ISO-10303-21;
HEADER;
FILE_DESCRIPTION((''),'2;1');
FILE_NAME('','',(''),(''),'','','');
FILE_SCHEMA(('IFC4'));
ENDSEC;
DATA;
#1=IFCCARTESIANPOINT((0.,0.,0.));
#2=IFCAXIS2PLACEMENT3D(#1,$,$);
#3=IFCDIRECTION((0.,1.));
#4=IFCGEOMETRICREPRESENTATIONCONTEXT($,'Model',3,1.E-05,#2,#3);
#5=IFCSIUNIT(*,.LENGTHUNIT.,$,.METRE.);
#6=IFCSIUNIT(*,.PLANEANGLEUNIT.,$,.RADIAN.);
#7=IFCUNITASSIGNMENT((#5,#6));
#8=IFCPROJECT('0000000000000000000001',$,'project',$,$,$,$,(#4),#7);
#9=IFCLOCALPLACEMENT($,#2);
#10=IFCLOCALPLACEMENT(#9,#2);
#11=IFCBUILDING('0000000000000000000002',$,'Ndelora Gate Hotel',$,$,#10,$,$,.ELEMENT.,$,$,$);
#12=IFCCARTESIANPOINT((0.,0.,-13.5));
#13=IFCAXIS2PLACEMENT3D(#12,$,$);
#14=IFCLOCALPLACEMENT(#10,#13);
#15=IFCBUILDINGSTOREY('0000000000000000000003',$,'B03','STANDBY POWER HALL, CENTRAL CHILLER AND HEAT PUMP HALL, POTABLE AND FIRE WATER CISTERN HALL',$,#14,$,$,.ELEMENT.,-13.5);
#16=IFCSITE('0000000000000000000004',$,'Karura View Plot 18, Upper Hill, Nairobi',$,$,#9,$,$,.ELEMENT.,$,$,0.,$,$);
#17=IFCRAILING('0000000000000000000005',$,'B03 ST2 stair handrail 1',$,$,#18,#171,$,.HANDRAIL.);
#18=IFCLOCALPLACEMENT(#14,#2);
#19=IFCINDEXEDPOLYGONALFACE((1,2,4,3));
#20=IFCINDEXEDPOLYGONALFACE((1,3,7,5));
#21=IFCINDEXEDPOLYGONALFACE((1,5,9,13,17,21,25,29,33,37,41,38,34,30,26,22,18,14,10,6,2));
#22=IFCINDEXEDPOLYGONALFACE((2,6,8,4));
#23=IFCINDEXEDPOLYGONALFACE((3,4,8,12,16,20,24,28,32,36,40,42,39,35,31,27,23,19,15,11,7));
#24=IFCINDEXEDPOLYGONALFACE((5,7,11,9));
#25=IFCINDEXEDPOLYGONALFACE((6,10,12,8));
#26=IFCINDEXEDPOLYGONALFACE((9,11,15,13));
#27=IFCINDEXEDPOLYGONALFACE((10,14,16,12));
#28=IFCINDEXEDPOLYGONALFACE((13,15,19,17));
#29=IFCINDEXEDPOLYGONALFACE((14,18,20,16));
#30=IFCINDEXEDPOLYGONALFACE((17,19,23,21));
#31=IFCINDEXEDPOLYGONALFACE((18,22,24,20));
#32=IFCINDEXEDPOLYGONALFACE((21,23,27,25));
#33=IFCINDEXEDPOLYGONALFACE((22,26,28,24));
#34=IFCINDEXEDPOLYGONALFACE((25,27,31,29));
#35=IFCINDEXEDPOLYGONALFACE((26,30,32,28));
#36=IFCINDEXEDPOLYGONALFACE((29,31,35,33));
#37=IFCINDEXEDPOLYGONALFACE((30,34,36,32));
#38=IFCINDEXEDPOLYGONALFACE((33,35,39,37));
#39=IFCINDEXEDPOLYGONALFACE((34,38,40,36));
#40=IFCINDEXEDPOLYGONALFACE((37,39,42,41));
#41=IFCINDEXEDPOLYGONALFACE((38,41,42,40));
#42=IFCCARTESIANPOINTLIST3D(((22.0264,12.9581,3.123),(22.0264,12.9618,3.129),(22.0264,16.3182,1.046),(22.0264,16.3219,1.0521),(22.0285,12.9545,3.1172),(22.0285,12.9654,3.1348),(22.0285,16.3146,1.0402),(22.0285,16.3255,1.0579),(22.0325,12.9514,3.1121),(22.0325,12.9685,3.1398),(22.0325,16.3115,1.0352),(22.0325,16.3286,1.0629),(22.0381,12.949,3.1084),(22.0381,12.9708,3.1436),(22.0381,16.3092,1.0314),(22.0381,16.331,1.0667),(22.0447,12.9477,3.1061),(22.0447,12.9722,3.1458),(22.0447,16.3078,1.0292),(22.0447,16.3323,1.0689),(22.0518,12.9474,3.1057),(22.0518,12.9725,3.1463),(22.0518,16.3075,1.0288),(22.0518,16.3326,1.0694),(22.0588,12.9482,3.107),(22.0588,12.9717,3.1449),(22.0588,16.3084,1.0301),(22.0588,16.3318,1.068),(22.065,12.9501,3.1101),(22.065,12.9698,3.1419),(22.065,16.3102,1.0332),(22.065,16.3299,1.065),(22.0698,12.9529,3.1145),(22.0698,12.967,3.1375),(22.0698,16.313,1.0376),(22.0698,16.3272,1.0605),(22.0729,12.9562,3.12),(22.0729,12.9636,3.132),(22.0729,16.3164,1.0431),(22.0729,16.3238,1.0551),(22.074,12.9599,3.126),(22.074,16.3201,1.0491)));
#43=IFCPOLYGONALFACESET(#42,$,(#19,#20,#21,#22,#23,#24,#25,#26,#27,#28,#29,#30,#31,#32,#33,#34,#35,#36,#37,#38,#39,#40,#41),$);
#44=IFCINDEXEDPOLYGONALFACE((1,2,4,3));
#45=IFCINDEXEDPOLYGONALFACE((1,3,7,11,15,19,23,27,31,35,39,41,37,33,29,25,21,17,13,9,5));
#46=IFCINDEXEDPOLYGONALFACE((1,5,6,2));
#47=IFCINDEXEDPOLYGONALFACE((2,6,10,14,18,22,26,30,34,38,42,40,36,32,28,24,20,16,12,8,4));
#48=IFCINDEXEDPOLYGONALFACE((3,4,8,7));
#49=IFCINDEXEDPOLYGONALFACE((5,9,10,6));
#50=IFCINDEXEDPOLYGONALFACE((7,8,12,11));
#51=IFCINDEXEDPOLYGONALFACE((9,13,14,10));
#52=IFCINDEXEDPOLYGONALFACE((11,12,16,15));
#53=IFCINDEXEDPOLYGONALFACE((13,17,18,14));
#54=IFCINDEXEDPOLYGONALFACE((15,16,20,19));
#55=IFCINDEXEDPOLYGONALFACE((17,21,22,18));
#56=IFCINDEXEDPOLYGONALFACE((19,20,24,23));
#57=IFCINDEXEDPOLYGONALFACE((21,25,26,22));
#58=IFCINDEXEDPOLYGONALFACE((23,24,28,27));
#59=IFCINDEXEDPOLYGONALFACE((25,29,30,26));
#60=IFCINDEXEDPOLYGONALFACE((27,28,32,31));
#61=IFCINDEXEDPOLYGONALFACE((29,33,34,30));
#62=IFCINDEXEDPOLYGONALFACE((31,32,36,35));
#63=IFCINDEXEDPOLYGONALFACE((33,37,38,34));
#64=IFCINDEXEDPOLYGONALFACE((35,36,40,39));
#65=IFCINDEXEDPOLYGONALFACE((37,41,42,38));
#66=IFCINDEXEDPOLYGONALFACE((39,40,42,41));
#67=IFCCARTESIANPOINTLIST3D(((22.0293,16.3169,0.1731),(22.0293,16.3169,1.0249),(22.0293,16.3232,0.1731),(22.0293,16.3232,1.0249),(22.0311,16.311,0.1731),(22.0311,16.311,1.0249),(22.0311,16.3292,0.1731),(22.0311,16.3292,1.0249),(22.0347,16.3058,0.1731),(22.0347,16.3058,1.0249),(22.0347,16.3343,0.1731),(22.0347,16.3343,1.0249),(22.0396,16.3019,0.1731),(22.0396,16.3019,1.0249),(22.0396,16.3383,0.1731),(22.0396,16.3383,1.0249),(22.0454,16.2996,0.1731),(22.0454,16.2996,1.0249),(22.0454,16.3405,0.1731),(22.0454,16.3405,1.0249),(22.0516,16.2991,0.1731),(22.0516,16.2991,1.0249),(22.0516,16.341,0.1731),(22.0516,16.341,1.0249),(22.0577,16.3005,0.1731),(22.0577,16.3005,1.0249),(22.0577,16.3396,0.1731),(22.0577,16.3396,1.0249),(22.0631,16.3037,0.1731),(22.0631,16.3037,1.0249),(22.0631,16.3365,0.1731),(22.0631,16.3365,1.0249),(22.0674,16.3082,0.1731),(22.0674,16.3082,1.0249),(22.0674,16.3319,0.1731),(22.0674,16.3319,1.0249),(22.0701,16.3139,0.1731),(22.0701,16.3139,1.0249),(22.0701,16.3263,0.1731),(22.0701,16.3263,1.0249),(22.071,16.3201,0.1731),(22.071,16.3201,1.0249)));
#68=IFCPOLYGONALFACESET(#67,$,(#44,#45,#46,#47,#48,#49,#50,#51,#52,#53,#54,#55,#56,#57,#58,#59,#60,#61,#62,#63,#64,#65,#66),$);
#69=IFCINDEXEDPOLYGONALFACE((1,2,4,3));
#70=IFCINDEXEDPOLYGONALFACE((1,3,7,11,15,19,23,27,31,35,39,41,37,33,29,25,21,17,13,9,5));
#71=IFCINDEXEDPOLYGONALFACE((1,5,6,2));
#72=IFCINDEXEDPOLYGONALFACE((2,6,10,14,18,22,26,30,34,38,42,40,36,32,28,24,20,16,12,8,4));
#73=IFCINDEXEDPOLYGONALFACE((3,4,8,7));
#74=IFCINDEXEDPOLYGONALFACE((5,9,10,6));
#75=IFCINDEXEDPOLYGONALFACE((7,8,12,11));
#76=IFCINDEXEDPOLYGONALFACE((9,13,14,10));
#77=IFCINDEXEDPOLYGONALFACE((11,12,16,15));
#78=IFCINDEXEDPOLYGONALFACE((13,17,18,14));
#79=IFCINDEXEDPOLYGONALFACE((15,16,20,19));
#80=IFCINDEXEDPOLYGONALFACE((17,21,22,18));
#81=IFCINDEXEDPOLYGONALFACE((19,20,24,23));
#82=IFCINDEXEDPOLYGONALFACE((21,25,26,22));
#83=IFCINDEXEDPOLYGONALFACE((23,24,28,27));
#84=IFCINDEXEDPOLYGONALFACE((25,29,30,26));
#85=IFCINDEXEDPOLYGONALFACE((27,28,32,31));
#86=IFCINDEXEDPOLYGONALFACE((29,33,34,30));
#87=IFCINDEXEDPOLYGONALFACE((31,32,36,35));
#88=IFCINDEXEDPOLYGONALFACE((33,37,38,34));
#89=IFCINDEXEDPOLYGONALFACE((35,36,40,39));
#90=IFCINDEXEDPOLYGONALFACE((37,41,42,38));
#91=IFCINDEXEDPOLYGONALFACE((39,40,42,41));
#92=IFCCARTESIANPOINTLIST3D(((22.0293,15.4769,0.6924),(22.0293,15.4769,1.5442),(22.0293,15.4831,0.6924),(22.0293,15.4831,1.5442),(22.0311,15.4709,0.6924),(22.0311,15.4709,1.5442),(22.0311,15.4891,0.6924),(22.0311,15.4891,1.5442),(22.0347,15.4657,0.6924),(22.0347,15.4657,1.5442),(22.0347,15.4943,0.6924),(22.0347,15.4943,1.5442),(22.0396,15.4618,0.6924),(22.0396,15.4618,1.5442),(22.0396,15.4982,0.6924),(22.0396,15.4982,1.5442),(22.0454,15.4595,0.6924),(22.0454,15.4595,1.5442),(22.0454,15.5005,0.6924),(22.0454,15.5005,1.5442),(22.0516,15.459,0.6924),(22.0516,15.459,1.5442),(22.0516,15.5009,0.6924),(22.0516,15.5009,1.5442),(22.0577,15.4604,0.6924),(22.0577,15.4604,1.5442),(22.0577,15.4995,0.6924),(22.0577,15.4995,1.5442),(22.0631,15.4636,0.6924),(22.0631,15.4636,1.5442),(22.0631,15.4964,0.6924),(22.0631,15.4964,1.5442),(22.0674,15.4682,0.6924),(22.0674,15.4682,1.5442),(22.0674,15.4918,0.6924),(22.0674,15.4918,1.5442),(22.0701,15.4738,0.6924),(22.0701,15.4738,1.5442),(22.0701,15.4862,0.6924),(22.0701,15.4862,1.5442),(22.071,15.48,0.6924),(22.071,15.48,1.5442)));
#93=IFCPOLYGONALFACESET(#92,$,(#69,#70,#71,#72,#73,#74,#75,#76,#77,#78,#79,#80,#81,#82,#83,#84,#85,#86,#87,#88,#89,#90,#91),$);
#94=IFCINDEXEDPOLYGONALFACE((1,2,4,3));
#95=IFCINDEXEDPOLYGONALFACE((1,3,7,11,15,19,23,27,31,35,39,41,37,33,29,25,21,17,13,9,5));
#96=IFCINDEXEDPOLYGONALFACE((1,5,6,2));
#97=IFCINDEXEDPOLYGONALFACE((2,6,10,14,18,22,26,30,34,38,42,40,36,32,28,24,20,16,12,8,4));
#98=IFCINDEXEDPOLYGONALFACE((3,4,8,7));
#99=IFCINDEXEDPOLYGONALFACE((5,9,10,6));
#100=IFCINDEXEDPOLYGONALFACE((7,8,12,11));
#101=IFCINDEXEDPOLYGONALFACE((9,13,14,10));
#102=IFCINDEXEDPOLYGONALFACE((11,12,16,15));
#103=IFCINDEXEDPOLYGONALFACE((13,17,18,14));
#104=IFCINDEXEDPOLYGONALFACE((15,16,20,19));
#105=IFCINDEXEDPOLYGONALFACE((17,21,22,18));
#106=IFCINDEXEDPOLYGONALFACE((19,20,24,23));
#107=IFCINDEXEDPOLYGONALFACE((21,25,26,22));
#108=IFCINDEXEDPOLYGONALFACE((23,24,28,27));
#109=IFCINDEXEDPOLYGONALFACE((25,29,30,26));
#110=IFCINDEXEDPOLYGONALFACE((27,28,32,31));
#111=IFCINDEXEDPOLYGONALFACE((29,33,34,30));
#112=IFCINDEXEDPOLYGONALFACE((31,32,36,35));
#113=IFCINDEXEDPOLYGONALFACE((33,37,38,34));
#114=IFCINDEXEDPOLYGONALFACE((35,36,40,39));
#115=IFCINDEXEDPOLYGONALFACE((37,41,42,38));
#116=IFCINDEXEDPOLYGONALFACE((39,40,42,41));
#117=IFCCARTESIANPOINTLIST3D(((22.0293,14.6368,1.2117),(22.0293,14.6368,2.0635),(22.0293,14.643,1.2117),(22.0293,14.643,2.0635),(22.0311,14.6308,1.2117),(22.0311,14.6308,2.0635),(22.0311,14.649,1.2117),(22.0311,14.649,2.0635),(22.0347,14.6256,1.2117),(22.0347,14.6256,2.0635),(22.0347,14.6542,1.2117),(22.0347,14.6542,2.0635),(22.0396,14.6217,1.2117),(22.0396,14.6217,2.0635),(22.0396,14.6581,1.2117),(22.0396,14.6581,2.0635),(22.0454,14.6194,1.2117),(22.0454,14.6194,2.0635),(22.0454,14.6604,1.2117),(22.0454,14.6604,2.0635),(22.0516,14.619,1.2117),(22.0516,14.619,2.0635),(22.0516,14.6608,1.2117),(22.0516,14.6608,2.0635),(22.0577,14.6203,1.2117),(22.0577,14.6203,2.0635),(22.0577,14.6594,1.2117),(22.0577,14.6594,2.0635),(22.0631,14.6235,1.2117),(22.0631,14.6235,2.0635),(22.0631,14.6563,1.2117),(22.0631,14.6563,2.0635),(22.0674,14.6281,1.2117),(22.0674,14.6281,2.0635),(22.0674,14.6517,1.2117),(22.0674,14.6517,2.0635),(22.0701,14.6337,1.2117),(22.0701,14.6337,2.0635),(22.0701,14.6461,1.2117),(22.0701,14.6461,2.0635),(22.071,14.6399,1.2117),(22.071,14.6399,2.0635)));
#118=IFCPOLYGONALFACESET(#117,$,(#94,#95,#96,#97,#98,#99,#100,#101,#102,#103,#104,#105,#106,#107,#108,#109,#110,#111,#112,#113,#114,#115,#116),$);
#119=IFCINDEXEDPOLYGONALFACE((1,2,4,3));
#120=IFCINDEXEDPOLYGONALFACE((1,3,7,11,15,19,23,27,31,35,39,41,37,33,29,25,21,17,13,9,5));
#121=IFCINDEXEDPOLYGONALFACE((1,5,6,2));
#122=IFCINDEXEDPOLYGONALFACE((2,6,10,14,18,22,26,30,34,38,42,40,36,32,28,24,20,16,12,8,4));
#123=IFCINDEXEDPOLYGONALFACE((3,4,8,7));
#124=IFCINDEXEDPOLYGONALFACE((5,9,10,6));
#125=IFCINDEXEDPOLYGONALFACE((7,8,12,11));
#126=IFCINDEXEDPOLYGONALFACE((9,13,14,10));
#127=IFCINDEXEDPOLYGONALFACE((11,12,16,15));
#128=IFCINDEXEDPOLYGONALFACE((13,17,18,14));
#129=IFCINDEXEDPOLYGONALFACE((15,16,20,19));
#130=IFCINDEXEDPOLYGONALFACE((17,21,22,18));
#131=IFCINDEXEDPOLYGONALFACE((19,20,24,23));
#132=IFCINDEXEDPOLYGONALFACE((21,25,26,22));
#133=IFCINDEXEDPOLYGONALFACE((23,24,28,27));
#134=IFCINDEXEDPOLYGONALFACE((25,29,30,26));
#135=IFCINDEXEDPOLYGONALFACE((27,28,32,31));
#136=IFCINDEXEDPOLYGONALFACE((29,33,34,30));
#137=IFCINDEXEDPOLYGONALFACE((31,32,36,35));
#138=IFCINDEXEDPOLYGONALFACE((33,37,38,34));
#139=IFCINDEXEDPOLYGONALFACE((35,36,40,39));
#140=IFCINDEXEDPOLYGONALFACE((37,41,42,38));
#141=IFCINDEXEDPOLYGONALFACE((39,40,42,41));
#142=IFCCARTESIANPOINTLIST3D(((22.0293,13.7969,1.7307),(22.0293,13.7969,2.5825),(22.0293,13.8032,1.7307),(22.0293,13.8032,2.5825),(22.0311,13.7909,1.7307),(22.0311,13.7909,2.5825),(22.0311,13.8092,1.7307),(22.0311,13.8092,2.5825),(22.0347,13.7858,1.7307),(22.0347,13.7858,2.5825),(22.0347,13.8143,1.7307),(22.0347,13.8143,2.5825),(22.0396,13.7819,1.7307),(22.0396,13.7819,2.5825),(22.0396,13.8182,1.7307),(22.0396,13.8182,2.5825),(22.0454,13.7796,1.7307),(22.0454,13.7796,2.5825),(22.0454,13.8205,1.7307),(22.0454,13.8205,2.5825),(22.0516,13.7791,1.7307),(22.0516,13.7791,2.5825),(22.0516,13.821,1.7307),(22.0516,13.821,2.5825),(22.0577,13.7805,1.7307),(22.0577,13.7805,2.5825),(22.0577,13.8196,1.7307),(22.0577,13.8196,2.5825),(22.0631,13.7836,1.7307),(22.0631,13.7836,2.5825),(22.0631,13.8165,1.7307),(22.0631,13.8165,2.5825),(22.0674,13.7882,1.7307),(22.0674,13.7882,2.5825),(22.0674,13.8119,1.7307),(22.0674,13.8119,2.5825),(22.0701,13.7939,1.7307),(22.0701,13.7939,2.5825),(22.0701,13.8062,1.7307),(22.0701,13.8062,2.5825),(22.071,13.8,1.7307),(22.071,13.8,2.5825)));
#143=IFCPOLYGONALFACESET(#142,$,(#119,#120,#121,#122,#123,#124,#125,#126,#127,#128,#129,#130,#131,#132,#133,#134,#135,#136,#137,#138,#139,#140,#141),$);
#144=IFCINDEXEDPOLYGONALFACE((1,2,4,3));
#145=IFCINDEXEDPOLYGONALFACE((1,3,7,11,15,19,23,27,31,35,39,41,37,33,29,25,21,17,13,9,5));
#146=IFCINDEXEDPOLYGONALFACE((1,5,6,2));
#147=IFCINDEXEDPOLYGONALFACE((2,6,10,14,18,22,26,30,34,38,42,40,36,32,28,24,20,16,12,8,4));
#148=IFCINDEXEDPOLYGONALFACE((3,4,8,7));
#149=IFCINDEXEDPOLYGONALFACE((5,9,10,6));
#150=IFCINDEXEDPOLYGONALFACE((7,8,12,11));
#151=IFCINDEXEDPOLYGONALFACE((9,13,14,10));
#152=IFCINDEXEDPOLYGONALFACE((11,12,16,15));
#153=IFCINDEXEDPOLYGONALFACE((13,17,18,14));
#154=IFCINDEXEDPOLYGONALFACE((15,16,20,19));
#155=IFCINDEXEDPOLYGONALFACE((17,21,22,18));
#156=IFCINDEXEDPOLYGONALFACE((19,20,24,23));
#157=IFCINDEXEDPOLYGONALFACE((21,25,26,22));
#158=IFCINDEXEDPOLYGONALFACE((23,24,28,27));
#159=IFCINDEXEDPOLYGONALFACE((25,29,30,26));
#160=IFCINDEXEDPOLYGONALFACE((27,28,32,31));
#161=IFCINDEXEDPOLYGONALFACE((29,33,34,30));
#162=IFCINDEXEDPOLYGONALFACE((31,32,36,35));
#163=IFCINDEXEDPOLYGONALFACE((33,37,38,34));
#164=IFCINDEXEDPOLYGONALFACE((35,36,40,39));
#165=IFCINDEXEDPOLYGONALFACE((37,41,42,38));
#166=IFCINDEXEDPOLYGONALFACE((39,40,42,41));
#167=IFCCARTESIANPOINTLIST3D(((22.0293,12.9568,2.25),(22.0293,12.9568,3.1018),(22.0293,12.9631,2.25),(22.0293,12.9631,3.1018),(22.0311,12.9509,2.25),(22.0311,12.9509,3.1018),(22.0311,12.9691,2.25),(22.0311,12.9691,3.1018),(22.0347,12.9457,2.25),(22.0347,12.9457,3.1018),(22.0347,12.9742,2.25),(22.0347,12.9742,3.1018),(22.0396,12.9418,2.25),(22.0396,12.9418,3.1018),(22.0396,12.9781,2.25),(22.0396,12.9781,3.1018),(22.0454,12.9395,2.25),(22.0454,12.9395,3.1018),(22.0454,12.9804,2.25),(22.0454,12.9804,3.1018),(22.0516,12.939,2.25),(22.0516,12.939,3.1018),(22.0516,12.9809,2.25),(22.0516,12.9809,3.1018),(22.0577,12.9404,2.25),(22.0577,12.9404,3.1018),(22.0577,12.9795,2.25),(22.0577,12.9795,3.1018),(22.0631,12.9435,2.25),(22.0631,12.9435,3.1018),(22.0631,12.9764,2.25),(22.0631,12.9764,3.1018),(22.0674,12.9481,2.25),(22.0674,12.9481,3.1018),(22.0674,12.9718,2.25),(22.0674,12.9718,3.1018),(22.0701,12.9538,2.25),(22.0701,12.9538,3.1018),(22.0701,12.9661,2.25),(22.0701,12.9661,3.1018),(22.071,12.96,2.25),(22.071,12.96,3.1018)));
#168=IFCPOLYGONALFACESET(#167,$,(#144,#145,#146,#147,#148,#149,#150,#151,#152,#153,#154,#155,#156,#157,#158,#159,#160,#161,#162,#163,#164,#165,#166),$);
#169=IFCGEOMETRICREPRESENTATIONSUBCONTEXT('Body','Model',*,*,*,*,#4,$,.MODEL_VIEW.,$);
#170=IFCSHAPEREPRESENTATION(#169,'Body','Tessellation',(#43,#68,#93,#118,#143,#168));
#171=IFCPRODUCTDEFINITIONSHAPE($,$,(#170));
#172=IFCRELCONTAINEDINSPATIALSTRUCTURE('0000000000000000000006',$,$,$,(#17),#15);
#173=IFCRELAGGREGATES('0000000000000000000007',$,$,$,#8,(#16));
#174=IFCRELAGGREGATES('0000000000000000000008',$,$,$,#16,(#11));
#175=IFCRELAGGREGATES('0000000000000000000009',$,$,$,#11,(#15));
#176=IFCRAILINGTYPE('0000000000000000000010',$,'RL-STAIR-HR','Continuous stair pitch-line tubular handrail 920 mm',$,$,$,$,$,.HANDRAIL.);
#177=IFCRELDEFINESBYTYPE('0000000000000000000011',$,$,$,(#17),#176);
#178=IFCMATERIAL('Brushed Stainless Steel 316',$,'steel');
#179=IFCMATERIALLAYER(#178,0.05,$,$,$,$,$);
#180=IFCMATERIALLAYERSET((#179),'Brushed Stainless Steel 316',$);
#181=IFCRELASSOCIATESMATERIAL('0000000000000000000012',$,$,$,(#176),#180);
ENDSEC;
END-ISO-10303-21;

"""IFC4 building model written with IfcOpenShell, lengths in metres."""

from ifc_helpers import new_model, si_unit, direction, frame, origin, origin_2d, place, context, subcontext, project, spatial, circle, extrude, material, layer, layer_set, type_object, element, save


model = new_model("IFC4")

# Units and contexts
model_context = context("Model", 3, precision=1e-05, world=origin(), true_north=direction((0.0, 1.0)))
body_context = subcontext(model_context, "Body", "Model", "MODEL_VIEW")
ifc_project = project(units=[si_unit("LENGTHUNIT", "METRE"), si_unit("PLANEANGLEUNIT", "RADIAN")], contexts=[model_context])

# Site, building, storey
site_placement = place(None, origin())
site = spatial("IfcSite", under=ifc_project, at=site_placement, Name="Karura View Plot 18, Upper Hill, Nairobi", CompositionType="ELEMENT", RefElevation=0.0)
building_placement = place(site_placement, origin())
building = spatial("IfcBuilding", under=site, at=building_placement, Name="Ndelora Gate Hotel", CompositionType="ELEMENT")
storey_placement = place(building_placement, frame((0.0, 0.0, -13.5)))
storey = spatial("IfcBuildingStorey", under=building, at=storey_placement, Name="B03", Description="STANDBY POWER HALL, CENTRAL CHILLER AND HEAT PUMP HALL, POTABLE AND FIRE WATER CISTERN HALL", CompositionType="ELEMENT", Elevation=-13.5)

# Railing
ifc_material_1 = material(Name="Brushed Stainless Steel 316", Category="steel")
ifc_layer_1 = layer(ifc_material_1, 0.05)
ifc_layer_set_1 = layer_set([ifc_layer_1], Name="Brushed Stainless Steel 316")
railing_type_1 = type_object("IfcRailingType", Name="RL-STAIR-HR", Description="Continuous stair pitch-line tubular handrail 920 mm", PredefinedType="HANDRAIL", material=ifc_layer_set_1)
railing_1_placement = place(storey_placement, frame((22.05, 16.3201, 0.1731)))
element("IfcRailing", 1, at=railing_1_placement, inside=storey, type_object=railing_type_1, Name="B03 ST2 stair handrail 1", PredefinedType="HANDRAIL", context=body_context, shape_type="SweptSolid", body=[
    extrude(circle(Radius=0.0239, at=origin_2d()), frame((0.0, 0.0, 0.876), z_axis=(0.0, -0.850623, 0.525776), x_axis=(1.0, 0.0, 0.0)), (0.0, 0.0, 1.0), 3.9502),
    extrude(circle(Radius=0.021, at=origin_2d()), origin(), (0.0, 0.0, 1.0), 0.8518),
    extrude(circle(Radius=0.021, at=origin_2d()), frame((0.0, -0.8401, 0.5193)), (0.0, 0.0, 1.0), 0.8518),
    extrude(circle(Radius=0.021, at=origin_2d()), frame((0.0, -1.6802, 1.0386)), (0.0, 0.0, 1.0), 0.8518),
    extrude(circle(Radius=0.021, at=origin_2d()), frame((0.0, -2.52, 1.5576)), (0.0, 0.0, 1.0), 0.8518),
    extrude(circle(Radius=0.021, at=origin_2d()), frame((0.0, -3.3601, 2.0769)), (0.0, 0.0, 1.0), 0.8518),
])

save(model, "model.ifc")
